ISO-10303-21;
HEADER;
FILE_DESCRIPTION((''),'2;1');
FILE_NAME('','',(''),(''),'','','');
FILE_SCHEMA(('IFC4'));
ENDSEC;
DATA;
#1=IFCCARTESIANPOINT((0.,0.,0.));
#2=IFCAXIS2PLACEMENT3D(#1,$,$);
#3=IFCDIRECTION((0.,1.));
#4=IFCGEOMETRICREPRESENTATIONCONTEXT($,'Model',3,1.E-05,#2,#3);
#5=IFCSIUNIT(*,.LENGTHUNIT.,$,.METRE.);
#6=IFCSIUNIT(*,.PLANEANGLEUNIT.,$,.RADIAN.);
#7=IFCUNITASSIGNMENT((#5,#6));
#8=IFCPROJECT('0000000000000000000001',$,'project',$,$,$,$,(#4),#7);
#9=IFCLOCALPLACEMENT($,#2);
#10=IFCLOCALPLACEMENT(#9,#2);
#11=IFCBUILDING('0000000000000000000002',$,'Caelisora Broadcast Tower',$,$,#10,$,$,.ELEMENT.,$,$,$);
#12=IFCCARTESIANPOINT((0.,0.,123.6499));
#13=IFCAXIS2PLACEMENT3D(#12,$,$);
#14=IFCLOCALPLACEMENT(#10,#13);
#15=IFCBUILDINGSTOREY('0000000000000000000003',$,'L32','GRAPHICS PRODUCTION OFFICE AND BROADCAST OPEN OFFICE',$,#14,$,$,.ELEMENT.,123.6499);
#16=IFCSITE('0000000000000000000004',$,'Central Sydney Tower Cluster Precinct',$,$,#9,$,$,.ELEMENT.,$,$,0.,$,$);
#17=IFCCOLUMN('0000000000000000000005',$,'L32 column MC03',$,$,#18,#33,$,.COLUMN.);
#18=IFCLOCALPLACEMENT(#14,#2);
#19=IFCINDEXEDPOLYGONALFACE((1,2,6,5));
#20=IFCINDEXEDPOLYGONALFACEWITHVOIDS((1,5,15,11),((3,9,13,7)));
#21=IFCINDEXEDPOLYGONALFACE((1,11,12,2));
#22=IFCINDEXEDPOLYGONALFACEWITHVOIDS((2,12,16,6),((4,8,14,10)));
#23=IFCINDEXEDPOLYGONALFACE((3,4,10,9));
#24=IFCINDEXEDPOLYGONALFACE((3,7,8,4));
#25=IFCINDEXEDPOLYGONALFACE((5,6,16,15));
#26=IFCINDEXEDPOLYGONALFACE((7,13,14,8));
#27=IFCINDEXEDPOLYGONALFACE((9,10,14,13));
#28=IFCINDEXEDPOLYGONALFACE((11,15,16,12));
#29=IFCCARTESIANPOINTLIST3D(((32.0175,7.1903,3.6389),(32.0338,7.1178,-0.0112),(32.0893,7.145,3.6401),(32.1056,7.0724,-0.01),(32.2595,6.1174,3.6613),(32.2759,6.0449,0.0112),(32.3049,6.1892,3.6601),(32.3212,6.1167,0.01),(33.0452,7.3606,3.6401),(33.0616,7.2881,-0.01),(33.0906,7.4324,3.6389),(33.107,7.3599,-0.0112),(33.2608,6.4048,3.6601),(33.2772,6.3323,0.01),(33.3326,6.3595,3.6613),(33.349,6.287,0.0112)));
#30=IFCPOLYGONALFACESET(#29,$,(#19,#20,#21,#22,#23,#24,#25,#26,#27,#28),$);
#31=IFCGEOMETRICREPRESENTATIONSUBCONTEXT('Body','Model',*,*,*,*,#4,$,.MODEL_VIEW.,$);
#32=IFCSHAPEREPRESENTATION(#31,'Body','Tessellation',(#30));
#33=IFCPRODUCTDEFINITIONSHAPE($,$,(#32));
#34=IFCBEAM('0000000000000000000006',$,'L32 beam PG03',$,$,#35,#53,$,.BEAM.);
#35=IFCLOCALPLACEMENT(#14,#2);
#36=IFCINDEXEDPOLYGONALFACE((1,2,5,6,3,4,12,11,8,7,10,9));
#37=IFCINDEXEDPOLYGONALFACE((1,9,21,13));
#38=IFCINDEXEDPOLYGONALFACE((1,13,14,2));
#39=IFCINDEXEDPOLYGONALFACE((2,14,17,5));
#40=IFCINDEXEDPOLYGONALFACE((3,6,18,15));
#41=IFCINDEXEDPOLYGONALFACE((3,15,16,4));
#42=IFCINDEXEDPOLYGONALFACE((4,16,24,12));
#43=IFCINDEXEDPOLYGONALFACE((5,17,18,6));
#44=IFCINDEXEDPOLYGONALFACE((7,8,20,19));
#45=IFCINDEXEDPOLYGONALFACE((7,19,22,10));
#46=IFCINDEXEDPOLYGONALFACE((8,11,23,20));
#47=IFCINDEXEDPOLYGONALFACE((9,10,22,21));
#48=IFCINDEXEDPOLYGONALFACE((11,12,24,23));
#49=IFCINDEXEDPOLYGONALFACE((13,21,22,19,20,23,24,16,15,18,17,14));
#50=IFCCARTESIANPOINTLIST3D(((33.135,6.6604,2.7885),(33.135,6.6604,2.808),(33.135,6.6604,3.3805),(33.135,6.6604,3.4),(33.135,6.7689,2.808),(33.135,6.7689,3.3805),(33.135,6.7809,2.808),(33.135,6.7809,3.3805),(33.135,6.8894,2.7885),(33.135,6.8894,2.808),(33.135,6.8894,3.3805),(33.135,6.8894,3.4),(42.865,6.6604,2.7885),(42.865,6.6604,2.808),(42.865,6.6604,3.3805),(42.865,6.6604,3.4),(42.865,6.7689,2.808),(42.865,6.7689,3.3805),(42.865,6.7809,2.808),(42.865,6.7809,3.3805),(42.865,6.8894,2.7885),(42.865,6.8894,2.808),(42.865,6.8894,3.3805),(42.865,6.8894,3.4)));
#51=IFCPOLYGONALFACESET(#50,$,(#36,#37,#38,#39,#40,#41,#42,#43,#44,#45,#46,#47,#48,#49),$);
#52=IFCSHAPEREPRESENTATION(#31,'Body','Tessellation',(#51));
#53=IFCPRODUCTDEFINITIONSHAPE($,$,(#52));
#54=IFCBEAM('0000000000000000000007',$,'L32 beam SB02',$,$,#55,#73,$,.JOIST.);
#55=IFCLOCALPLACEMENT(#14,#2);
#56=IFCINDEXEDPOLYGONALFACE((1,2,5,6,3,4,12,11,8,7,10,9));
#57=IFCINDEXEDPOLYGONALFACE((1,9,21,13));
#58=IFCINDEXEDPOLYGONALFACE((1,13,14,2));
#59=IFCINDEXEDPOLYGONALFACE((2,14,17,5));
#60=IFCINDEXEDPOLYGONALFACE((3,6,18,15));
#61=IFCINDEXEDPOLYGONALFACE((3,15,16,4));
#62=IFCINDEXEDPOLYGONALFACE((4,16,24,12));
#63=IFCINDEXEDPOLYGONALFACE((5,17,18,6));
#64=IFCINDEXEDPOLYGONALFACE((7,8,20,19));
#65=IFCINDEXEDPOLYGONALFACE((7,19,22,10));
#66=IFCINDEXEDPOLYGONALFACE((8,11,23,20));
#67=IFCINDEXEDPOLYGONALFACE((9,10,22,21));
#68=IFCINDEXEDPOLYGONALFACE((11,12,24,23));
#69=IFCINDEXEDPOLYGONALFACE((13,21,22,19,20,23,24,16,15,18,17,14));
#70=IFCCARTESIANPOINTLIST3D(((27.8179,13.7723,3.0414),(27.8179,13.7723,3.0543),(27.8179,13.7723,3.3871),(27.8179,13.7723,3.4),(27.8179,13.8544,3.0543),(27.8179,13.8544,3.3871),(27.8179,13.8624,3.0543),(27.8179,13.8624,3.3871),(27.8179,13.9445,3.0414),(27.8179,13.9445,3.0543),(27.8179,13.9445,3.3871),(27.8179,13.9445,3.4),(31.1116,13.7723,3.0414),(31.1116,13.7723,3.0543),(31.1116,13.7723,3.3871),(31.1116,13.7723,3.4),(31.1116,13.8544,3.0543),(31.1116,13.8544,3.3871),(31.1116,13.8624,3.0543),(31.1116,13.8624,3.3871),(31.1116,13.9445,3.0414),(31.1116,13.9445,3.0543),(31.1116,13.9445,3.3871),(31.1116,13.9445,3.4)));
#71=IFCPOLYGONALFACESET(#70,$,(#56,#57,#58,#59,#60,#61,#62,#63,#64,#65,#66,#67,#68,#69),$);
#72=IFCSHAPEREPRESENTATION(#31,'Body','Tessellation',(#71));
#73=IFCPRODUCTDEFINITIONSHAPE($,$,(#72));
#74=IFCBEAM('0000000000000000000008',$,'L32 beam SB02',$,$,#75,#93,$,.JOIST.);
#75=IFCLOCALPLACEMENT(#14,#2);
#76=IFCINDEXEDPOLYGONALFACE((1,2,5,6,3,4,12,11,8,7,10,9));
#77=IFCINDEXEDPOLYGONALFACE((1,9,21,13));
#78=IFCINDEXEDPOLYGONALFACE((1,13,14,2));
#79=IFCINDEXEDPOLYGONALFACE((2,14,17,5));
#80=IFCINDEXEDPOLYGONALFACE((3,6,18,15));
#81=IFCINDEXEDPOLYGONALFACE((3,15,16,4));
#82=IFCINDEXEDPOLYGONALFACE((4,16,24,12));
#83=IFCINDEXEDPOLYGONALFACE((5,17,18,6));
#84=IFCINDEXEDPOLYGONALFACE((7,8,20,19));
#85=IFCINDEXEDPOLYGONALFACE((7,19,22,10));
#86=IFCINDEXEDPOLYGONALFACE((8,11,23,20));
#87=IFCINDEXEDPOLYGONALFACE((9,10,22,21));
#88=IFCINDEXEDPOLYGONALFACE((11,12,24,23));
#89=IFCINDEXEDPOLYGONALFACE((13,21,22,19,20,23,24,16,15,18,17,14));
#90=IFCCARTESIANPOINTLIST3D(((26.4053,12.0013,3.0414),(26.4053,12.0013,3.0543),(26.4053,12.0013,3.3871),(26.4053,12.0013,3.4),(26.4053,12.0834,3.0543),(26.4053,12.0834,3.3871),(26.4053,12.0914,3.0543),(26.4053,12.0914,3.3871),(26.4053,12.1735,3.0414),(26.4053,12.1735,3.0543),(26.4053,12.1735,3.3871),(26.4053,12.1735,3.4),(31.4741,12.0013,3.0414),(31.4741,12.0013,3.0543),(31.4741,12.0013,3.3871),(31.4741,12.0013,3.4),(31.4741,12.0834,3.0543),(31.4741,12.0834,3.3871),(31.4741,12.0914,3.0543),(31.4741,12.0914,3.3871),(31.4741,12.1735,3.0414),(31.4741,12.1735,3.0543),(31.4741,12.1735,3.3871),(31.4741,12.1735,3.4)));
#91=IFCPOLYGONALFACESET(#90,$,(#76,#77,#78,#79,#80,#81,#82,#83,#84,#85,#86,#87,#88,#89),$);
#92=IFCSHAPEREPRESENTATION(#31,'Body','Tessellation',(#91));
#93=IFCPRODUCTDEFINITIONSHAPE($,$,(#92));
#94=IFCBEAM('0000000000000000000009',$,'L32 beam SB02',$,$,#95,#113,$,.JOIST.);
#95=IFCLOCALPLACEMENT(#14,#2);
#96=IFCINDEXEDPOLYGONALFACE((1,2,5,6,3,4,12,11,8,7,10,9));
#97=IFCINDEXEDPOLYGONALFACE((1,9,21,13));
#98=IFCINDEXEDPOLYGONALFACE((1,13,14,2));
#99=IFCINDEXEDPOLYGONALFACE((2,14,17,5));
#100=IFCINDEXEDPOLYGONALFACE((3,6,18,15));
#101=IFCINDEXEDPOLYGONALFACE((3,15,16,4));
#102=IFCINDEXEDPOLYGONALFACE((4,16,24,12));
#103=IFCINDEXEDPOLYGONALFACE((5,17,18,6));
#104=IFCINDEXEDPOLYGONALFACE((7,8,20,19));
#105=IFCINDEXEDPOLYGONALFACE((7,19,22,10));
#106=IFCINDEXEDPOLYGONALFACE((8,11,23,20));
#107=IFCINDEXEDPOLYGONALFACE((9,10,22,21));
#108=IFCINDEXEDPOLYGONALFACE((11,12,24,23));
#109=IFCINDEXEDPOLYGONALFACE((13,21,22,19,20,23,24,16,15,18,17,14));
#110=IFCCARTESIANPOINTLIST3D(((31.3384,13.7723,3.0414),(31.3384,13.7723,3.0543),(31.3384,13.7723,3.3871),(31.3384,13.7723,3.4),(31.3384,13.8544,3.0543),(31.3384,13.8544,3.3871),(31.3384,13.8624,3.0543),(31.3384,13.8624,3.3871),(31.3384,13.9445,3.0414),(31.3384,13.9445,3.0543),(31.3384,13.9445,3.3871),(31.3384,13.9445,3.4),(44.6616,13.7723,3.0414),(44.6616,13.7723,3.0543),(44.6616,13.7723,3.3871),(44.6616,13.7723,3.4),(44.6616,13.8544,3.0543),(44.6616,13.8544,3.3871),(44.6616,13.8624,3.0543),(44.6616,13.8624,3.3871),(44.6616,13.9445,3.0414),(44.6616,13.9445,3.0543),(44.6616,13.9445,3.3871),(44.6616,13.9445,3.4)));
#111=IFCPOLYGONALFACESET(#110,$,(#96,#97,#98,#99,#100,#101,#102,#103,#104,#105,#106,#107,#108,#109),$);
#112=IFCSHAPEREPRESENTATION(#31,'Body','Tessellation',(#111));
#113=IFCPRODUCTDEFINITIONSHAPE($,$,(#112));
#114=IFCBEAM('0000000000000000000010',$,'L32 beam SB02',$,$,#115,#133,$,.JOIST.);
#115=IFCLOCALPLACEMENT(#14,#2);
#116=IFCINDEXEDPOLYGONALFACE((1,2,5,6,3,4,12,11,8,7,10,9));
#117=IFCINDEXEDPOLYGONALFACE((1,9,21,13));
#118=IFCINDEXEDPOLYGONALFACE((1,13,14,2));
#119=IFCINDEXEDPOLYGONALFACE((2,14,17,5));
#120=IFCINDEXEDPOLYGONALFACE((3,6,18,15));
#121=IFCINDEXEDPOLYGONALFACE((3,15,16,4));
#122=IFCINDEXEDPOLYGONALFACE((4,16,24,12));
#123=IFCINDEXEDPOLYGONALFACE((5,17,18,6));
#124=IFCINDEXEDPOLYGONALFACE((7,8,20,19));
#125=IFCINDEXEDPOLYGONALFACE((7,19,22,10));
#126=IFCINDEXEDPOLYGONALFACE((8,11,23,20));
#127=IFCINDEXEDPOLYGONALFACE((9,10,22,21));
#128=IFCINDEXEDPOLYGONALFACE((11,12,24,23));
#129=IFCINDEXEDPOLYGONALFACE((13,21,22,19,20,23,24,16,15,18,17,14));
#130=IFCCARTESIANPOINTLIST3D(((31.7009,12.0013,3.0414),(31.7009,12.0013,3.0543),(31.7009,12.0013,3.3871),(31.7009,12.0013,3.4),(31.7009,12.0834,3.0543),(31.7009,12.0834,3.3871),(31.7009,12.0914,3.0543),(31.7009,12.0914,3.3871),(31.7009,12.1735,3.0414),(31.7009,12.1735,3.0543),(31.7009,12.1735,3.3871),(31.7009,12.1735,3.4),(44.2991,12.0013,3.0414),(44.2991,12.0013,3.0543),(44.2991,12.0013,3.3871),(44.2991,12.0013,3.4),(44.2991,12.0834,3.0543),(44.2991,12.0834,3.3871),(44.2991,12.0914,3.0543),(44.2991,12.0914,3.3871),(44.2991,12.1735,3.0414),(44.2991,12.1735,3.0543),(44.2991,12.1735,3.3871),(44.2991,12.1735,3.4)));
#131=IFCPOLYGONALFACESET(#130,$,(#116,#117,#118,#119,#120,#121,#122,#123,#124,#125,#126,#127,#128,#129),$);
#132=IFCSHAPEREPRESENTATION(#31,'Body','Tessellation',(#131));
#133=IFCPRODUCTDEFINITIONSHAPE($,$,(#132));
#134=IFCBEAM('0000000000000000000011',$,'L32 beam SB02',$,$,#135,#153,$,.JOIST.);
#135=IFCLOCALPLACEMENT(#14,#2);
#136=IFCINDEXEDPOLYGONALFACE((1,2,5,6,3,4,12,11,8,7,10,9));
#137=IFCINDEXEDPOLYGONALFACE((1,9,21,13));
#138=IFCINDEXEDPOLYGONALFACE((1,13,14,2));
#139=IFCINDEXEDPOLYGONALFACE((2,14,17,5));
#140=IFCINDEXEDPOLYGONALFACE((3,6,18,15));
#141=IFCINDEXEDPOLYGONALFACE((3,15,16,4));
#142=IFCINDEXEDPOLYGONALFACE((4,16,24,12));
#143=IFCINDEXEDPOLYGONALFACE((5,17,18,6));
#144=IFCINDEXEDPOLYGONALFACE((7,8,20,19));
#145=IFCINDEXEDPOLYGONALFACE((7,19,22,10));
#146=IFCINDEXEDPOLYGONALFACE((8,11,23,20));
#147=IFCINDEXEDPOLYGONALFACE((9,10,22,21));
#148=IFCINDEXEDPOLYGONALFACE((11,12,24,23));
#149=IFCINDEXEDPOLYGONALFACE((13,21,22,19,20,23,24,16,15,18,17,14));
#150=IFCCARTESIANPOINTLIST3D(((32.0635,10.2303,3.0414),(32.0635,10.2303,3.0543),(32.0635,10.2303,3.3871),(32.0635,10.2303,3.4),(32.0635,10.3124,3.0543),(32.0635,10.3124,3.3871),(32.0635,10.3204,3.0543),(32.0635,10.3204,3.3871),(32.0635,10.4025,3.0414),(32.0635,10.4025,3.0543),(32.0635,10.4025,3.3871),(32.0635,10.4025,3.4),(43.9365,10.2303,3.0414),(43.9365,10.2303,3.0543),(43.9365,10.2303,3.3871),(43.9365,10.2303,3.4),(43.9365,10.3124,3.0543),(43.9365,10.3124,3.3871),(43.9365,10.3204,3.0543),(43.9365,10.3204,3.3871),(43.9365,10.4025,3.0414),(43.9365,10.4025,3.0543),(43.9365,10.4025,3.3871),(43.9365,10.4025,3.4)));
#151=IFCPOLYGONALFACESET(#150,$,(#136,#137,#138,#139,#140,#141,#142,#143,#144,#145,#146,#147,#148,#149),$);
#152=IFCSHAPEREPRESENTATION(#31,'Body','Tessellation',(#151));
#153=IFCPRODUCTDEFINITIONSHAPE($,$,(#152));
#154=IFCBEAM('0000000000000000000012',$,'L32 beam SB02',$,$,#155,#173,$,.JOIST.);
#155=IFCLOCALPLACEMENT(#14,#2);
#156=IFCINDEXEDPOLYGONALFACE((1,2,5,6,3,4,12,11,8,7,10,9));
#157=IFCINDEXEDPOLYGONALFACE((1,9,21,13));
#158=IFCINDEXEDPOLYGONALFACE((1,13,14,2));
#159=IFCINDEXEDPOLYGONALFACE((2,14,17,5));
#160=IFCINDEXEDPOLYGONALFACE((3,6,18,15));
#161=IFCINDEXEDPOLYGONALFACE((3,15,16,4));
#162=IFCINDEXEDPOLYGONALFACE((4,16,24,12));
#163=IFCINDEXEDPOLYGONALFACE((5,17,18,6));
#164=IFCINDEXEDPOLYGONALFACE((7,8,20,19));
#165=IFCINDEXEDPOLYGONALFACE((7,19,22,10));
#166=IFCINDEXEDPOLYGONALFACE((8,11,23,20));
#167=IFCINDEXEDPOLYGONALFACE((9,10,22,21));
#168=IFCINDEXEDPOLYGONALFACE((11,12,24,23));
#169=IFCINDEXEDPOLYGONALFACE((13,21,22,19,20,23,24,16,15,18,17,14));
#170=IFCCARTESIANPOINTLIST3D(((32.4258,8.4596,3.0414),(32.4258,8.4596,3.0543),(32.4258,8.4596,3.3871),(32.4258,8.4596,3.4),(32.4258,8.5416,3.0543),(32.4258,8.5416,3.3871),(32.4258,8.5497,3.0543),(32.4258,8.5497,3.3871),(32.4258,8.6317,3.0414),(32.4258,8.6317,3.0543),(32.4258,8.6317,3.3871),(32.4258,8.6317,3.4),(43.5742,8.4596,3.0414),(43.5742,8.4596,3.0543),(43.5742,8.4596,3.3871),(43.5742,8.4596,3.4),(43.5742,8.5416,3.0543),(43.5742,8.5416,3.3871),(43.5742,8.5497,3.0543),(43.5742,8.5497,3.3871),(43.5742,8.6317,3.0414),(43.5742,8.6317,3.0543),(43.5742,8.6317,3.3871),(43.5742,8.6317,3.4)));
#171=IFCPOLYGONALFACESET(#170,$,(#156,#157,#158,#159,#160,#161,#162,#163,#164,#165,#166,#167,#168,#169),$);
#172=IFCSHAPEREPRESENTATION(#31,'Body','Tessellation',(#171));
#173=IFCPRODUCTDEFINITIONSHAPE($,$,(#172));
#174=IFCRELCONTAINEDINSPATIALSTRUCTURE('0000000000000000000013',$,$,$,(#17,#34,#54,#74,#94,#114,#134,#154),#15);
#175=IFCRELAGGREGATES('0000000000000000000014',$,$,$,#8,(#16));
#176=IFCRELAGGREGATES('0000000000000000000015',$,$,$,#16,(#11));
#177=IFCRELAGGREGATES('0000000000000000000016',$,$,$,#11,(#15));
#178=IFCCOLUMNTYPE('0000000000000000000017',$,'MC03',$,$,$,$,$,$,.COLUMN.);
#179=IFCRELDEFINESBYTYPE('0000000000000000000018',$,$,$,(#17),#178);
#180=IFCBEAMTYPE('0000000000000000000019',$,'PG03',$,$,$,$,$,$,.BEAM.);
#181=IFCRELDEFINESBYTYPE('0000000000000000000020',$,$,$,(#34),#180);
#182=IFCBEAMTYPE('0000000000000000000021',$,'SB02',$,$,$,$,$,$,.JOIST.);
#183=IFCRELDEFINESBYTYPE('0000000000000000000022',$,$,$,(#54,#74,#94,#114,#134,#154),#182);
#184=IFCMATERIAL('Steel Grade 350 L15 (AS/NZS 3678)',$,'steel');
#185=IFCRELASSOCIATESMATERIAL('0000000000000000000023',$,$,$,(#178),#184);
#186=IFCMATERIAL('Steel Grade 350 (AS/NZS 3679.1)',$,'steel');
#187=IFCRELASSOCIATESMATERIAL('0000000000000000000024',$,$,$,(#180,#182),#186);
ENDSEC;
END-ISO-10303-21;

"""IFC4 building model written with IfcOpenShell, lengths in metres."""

from ifc_helpers import new_model, si_unit, direction, frame, origin, origin_2d, place, context, subcontext, project, spatial, hollow_rectangle, i_section, extrude, source, transform, mapped, material, material_profile, profile_set, type_object, type_shapes, element, save


model = new_model("IFC4")

# Units and contexts
model_context = context("Model", 3, precision=1e-05, world=origin(), true_north=direction((0.0, 1.0)))
body_context = subcontext(model_context, "Body", "Model", "MODEL_VIEW")
ifc_project = project(units=[si_unit("LENGTHUNIT", "METRE"), si_unit("PLANEANGLEUNIT", "RADIAN")], contexts=[model_context])

# Site, building, storey
site_placement = place(None, origin())
site = spatial("IfcSite", under=ifc_project, at=site_placement, Name="Central Sydney Tower Cluster Precinct", CompositionType="ELEMENT", RefElevation=0.0)
building_placement = place(site_placement, origin())
building = spatial("IfcBuilding", under=site, at=building_placement, Name="Caelisora Broadcast Tower", CompositionType="ELEMENT")
storey_placement = place(building_placement, frame((0.0, 0.0, 123.6499)))
storey = spatial("IfcBuildingStorey", under=building, at=storey_placement, Name="L32", Description="GRAPHICS PRODUCTION OFFICE AND BROADCAST OPEN OFFICE", CompositionType="ELEMENT", Elevation=123.6499)

# Column
ifc_material_1 = material(Name="Steel Grade 350 L15 (AS/NZS 3678)", Category="steel")
ifc_material_profile_1 = material_profile(ifc_material_1, hollow_rectangle(XDim=1.1001, YDim=1.1001, WallThickness=0.0601, at=origin_2d()), Name="Steel Grade 350 L15 (AS/NZS 3678)")
ifc_profile_set_1 = profile_set([ifc_material_profile_1], Name="Steel Grade 350 L15 (AS/NZS 3678)")
column_type = type_object("IfcColumnType", Name="MC03", PredefinedType="COLUMN", material=ifc_profile_set_1)
shared_shape_1 = source(origin(), body_context, "Body", "SweptSolid", [
    extrude(hollow_rectangle(XDim=1.1001, YDim=1.1001, WallThickness=0.0601, at=origin_2d()), origin(), (0.0, 0.0, 1.0), 3.6509),
])
type_shapes(column_type, [shared_shape_1])
column_placement = place(storey_placement, frame((32.6914, 6.7024, 0.0), z_axis=(-0.00448, 0.019861, 0.999793), x_axis=(-0.975487, -0.220059, 0.0)))
element("IfcColumn", 1, at=column_placement, inside=storey, type_object=column_type, Name="L32 column MC03", PredefinedType="COLUMN", context=body_context, shape_type="MappedRepresentation", body=[
    mapped(shared_shape_1, transform((0.0, 0.0, 0.0), scale=1.0)),
])

# Beams
ifc_material_2 = material(Name="Steel Grade 350 (AS/NZS 3679.1)", Category="steel")
ifc_material_profile_2 = material_profile(ifc_material_2, i_section(OverallWidth=0.229, OverallDepth=0.6116, WebThickness=0.012, FlangeThickness=0.0195, at=origin_2d()), Name="Steel Grade 350 (AS/NZS 3679.1)")
ifc_profile_set_2 = profile_set([ifc_material_profile_2], Name="Steel Grade 350 (AS/NZS 3679.1)")
beam_type_1 = type_object("IfcBeamType", Name="PG03", PredefinedType="BEAM", material=ifc_profile_set_2)
shared_shape_2 = source(origin(), body_context, "Body", "SweptSolid", [
    extrude(i_section(OverallWidth=0.229, OverallDepth=0.6116, WebThickness=0.012, FlangeThickness=0.0195, at=origin_2d()), origin(), (0.0, 0.0, 1.0), 9.73),
])
type_shapes(beam_type_1, [shared_shape_2])
beam_1_placement = place(storey_placement, frame((33.135, 6.7749, 3.0942), z_axis=(1.0, 0.0, 0.0), x_axis=(0.0, 1.0, 0.0)))
element("IfcBeam", 2, at=beam_1_placement, inside=storey, type_object=beam_type_1, Name="L32 beam PG03", PredefinedType="BEAM", context=body_context, shape_type="MappedRepresentation", body=[
    mapped(shared_shape_2, transform((0.0, 0.0, 0.0), scale=1.0)),
])
ifc_material_profile_3 = material_profile(ifc_material_2, i_section(OverallWidth=0.1721, OverallDepth=0.3586, WebThickness=0.0081, FlangeThickness=0.0129, at=origin_2d()), Name="Steel Grade 350 (AS/NZS 3679.1)")
ifc_profile_set_3 = profile_set([ifc_material_profile_3], Name="Steel Grade 350 (AS/NZS 3679.1)")
beam_type_2 = type_object("IfcBeamType", Name="SB02", PredefinedType="JOIST", material=ifc_profile_set_3)
shared_shape_3 = source(origin(), body_context, "Body", "SweptSolid", [
    extrude(i_section(OverallWidth=0.1721, OverallDepth=0.3586, WebThickness=0.0081, FlangeThickness=0.0129, at=origin_2d()), origin(), (0.0, 0.0, 1.0), 3.2937),
])
beam_2_placement = place(storey_placement, frame((27.8179, 13.8584, 3.2207), z_axis=(1.0, 0.0, 0.0), x_axis=(0.0, 1.0, 0.0)))
element("IfcBeam", 3, at=beam_2_placement, inside=storey, type_object=beam_type_2, Name="L32 beam SB02", PredefinedType="JOIST", context=body_context, shape_type="MappedRepresentation", body=[
    mapped(shared_shape_3, transform((0.0, 0.0, 0.0), scale=1.0)),
])
shared_shape_4 = source(origin(), body_context, "Body", "SweptSolid", [
    extrude(i_section(OverallWidth=0.1721, OverallDepth=0.3586, WebThickness=0.0081, FlangeThickness=0.0129, at=origin_2d()), origin(), (0.0, 0.0, 1.0), 5.0688),
])
beam_3_placement = place(storey_placement, frame((26.4053, 12.0874, 3.2207), z_axis=(1.0, 0.0, 0.0), x_axis=(0.0, 1.0, 0.0)))
element("IfcBeam", 4, at=beam_3_placement, inside=storey, type_object=beam_type_2, Name="L32 beam SB02", PredefinedType="JOIST", context=body_context, shape_type="MappedRepresentation", body=[
    mapped(shared_shape_4, transform((0.0, 0.0, 0.0), scale=1.0)),
])
shared_shape_5 = source(origin(), body_context, "Body", "SweptSolid", [
    extrude(i_section(OverallWidth=0.1721, OverallDepth=0.3586, WebThickness=0.0081, FlangeThickness=0.0129, at=origin_2d()), origin(), (0.0, 0.0, 1.0), 13.3232),
])
beam_4_placement = place(storey_placement, frame((31.3384, 13.8584, 3.2207), z_axis=(1.0, 0.0, 0.0), x_axis=(0.0, 1.0, 0.0)))
element("IfcBeam", 5, at=beam_4_placement, inside=storey, type_object=beam_type_2, Name="L32 beam SB02", PredefinedType="JOIST", context=body_context, shape_type="MappedRepresentation", body=[
    mapped(shared_shape_5, transform((0.0, 0.0, 0.0), scale=1.0)),
])
shared_shape_6 = source(origin(), body_context, "Body", "SweptSolid", [
    extrude(i_section(OverallWidth=0.1721, OverallDepth=0.3586, WebThickness=0.0081, FlangeThickness=0.0129, at=origin_2d()), origin(), (0.0, 0.0, 1.0), 12.5981),
])
beam_5_placement = place(storey_placement, frame((31.7009, 12.0874, 3.2207), z_axis=(1.0, 0.0, 0.0), x_axis=(0.0, 1.0, 0.0)))
element("IfcBeam", 6, at=beam_5_placement, inside=storey, type_object=beam_type_2, Name="L32 beam SB02", PredefinedType="JOIST", context=body_context, shape_type="MappedRepresentation", body=[
    mapped(shared_shape_6, transform((0.0, 0.0, 0.0), scale=1.0)),
])
shared_shape_7 = source(origin(), body_context, "Body", "SweptSolid", [
    extrude(i_section(OverallWidth=0.1721, OverallDepth=0.3586, WebThickness=0.0081, FlangeThickness=0.0129, at=origin_2d()), origin(), (0.0, 0.0, 1.0), 11.873),
])
beam_6_placement = place(storey_placement, frame((32.0635, 10.3164, 3.2207), z_axis=(1.0, 0.0, 0.0), x_axis=(0.0, 1.0, 0.0)))
element("IfcBeam", 7, at=beam_6_placement, inside=storey, type_object=beam_type_2, Name="L32 beam SB02", PredefinedType="JOIST", context=body_context, shape_type="MappedRepresentation", body=[
    mapped(shared_shape_7, transform((0.0, 0.0, 0.0), scale=1.0)),
])
shared_shape_8 = source(origin(), body_context, "Body", "SweptSolid", [
    extrude(i_section(OverallWidth=0.1721, OverallDepth=0.3586, WebThickness=0.0081, FlangeThickness=0.0129, at=origin_2d()), origin(), (0.0, 0.0, 1.0), 11.1484),
])
type_shapes(beam_type_2, [shared_shape_3, shared_shape_4, shared_shape_5, shared_shape_6, shared_shape_7, shared_shape_8])
beam_7_placement = place(storey_placement, frame((32.4258, 8.5457, 3.2207), z_axis=(1.0, 0.0, 0.0), x_axis=(0.0, 1.0, 0.0)))
element("IfcBeam", 8, at=beam_7_placement, inside=storey, type_object=beam_type_2, Name="L32 beam SB02", PredefinedType="JOIST", context=body_context, shape_type="MappedRepresentation", body=[
    mapped(shared_shape_8, transform((0.0, 0.0, 0.0), scale=1.0)),
])

save(model, "model.ifc")
